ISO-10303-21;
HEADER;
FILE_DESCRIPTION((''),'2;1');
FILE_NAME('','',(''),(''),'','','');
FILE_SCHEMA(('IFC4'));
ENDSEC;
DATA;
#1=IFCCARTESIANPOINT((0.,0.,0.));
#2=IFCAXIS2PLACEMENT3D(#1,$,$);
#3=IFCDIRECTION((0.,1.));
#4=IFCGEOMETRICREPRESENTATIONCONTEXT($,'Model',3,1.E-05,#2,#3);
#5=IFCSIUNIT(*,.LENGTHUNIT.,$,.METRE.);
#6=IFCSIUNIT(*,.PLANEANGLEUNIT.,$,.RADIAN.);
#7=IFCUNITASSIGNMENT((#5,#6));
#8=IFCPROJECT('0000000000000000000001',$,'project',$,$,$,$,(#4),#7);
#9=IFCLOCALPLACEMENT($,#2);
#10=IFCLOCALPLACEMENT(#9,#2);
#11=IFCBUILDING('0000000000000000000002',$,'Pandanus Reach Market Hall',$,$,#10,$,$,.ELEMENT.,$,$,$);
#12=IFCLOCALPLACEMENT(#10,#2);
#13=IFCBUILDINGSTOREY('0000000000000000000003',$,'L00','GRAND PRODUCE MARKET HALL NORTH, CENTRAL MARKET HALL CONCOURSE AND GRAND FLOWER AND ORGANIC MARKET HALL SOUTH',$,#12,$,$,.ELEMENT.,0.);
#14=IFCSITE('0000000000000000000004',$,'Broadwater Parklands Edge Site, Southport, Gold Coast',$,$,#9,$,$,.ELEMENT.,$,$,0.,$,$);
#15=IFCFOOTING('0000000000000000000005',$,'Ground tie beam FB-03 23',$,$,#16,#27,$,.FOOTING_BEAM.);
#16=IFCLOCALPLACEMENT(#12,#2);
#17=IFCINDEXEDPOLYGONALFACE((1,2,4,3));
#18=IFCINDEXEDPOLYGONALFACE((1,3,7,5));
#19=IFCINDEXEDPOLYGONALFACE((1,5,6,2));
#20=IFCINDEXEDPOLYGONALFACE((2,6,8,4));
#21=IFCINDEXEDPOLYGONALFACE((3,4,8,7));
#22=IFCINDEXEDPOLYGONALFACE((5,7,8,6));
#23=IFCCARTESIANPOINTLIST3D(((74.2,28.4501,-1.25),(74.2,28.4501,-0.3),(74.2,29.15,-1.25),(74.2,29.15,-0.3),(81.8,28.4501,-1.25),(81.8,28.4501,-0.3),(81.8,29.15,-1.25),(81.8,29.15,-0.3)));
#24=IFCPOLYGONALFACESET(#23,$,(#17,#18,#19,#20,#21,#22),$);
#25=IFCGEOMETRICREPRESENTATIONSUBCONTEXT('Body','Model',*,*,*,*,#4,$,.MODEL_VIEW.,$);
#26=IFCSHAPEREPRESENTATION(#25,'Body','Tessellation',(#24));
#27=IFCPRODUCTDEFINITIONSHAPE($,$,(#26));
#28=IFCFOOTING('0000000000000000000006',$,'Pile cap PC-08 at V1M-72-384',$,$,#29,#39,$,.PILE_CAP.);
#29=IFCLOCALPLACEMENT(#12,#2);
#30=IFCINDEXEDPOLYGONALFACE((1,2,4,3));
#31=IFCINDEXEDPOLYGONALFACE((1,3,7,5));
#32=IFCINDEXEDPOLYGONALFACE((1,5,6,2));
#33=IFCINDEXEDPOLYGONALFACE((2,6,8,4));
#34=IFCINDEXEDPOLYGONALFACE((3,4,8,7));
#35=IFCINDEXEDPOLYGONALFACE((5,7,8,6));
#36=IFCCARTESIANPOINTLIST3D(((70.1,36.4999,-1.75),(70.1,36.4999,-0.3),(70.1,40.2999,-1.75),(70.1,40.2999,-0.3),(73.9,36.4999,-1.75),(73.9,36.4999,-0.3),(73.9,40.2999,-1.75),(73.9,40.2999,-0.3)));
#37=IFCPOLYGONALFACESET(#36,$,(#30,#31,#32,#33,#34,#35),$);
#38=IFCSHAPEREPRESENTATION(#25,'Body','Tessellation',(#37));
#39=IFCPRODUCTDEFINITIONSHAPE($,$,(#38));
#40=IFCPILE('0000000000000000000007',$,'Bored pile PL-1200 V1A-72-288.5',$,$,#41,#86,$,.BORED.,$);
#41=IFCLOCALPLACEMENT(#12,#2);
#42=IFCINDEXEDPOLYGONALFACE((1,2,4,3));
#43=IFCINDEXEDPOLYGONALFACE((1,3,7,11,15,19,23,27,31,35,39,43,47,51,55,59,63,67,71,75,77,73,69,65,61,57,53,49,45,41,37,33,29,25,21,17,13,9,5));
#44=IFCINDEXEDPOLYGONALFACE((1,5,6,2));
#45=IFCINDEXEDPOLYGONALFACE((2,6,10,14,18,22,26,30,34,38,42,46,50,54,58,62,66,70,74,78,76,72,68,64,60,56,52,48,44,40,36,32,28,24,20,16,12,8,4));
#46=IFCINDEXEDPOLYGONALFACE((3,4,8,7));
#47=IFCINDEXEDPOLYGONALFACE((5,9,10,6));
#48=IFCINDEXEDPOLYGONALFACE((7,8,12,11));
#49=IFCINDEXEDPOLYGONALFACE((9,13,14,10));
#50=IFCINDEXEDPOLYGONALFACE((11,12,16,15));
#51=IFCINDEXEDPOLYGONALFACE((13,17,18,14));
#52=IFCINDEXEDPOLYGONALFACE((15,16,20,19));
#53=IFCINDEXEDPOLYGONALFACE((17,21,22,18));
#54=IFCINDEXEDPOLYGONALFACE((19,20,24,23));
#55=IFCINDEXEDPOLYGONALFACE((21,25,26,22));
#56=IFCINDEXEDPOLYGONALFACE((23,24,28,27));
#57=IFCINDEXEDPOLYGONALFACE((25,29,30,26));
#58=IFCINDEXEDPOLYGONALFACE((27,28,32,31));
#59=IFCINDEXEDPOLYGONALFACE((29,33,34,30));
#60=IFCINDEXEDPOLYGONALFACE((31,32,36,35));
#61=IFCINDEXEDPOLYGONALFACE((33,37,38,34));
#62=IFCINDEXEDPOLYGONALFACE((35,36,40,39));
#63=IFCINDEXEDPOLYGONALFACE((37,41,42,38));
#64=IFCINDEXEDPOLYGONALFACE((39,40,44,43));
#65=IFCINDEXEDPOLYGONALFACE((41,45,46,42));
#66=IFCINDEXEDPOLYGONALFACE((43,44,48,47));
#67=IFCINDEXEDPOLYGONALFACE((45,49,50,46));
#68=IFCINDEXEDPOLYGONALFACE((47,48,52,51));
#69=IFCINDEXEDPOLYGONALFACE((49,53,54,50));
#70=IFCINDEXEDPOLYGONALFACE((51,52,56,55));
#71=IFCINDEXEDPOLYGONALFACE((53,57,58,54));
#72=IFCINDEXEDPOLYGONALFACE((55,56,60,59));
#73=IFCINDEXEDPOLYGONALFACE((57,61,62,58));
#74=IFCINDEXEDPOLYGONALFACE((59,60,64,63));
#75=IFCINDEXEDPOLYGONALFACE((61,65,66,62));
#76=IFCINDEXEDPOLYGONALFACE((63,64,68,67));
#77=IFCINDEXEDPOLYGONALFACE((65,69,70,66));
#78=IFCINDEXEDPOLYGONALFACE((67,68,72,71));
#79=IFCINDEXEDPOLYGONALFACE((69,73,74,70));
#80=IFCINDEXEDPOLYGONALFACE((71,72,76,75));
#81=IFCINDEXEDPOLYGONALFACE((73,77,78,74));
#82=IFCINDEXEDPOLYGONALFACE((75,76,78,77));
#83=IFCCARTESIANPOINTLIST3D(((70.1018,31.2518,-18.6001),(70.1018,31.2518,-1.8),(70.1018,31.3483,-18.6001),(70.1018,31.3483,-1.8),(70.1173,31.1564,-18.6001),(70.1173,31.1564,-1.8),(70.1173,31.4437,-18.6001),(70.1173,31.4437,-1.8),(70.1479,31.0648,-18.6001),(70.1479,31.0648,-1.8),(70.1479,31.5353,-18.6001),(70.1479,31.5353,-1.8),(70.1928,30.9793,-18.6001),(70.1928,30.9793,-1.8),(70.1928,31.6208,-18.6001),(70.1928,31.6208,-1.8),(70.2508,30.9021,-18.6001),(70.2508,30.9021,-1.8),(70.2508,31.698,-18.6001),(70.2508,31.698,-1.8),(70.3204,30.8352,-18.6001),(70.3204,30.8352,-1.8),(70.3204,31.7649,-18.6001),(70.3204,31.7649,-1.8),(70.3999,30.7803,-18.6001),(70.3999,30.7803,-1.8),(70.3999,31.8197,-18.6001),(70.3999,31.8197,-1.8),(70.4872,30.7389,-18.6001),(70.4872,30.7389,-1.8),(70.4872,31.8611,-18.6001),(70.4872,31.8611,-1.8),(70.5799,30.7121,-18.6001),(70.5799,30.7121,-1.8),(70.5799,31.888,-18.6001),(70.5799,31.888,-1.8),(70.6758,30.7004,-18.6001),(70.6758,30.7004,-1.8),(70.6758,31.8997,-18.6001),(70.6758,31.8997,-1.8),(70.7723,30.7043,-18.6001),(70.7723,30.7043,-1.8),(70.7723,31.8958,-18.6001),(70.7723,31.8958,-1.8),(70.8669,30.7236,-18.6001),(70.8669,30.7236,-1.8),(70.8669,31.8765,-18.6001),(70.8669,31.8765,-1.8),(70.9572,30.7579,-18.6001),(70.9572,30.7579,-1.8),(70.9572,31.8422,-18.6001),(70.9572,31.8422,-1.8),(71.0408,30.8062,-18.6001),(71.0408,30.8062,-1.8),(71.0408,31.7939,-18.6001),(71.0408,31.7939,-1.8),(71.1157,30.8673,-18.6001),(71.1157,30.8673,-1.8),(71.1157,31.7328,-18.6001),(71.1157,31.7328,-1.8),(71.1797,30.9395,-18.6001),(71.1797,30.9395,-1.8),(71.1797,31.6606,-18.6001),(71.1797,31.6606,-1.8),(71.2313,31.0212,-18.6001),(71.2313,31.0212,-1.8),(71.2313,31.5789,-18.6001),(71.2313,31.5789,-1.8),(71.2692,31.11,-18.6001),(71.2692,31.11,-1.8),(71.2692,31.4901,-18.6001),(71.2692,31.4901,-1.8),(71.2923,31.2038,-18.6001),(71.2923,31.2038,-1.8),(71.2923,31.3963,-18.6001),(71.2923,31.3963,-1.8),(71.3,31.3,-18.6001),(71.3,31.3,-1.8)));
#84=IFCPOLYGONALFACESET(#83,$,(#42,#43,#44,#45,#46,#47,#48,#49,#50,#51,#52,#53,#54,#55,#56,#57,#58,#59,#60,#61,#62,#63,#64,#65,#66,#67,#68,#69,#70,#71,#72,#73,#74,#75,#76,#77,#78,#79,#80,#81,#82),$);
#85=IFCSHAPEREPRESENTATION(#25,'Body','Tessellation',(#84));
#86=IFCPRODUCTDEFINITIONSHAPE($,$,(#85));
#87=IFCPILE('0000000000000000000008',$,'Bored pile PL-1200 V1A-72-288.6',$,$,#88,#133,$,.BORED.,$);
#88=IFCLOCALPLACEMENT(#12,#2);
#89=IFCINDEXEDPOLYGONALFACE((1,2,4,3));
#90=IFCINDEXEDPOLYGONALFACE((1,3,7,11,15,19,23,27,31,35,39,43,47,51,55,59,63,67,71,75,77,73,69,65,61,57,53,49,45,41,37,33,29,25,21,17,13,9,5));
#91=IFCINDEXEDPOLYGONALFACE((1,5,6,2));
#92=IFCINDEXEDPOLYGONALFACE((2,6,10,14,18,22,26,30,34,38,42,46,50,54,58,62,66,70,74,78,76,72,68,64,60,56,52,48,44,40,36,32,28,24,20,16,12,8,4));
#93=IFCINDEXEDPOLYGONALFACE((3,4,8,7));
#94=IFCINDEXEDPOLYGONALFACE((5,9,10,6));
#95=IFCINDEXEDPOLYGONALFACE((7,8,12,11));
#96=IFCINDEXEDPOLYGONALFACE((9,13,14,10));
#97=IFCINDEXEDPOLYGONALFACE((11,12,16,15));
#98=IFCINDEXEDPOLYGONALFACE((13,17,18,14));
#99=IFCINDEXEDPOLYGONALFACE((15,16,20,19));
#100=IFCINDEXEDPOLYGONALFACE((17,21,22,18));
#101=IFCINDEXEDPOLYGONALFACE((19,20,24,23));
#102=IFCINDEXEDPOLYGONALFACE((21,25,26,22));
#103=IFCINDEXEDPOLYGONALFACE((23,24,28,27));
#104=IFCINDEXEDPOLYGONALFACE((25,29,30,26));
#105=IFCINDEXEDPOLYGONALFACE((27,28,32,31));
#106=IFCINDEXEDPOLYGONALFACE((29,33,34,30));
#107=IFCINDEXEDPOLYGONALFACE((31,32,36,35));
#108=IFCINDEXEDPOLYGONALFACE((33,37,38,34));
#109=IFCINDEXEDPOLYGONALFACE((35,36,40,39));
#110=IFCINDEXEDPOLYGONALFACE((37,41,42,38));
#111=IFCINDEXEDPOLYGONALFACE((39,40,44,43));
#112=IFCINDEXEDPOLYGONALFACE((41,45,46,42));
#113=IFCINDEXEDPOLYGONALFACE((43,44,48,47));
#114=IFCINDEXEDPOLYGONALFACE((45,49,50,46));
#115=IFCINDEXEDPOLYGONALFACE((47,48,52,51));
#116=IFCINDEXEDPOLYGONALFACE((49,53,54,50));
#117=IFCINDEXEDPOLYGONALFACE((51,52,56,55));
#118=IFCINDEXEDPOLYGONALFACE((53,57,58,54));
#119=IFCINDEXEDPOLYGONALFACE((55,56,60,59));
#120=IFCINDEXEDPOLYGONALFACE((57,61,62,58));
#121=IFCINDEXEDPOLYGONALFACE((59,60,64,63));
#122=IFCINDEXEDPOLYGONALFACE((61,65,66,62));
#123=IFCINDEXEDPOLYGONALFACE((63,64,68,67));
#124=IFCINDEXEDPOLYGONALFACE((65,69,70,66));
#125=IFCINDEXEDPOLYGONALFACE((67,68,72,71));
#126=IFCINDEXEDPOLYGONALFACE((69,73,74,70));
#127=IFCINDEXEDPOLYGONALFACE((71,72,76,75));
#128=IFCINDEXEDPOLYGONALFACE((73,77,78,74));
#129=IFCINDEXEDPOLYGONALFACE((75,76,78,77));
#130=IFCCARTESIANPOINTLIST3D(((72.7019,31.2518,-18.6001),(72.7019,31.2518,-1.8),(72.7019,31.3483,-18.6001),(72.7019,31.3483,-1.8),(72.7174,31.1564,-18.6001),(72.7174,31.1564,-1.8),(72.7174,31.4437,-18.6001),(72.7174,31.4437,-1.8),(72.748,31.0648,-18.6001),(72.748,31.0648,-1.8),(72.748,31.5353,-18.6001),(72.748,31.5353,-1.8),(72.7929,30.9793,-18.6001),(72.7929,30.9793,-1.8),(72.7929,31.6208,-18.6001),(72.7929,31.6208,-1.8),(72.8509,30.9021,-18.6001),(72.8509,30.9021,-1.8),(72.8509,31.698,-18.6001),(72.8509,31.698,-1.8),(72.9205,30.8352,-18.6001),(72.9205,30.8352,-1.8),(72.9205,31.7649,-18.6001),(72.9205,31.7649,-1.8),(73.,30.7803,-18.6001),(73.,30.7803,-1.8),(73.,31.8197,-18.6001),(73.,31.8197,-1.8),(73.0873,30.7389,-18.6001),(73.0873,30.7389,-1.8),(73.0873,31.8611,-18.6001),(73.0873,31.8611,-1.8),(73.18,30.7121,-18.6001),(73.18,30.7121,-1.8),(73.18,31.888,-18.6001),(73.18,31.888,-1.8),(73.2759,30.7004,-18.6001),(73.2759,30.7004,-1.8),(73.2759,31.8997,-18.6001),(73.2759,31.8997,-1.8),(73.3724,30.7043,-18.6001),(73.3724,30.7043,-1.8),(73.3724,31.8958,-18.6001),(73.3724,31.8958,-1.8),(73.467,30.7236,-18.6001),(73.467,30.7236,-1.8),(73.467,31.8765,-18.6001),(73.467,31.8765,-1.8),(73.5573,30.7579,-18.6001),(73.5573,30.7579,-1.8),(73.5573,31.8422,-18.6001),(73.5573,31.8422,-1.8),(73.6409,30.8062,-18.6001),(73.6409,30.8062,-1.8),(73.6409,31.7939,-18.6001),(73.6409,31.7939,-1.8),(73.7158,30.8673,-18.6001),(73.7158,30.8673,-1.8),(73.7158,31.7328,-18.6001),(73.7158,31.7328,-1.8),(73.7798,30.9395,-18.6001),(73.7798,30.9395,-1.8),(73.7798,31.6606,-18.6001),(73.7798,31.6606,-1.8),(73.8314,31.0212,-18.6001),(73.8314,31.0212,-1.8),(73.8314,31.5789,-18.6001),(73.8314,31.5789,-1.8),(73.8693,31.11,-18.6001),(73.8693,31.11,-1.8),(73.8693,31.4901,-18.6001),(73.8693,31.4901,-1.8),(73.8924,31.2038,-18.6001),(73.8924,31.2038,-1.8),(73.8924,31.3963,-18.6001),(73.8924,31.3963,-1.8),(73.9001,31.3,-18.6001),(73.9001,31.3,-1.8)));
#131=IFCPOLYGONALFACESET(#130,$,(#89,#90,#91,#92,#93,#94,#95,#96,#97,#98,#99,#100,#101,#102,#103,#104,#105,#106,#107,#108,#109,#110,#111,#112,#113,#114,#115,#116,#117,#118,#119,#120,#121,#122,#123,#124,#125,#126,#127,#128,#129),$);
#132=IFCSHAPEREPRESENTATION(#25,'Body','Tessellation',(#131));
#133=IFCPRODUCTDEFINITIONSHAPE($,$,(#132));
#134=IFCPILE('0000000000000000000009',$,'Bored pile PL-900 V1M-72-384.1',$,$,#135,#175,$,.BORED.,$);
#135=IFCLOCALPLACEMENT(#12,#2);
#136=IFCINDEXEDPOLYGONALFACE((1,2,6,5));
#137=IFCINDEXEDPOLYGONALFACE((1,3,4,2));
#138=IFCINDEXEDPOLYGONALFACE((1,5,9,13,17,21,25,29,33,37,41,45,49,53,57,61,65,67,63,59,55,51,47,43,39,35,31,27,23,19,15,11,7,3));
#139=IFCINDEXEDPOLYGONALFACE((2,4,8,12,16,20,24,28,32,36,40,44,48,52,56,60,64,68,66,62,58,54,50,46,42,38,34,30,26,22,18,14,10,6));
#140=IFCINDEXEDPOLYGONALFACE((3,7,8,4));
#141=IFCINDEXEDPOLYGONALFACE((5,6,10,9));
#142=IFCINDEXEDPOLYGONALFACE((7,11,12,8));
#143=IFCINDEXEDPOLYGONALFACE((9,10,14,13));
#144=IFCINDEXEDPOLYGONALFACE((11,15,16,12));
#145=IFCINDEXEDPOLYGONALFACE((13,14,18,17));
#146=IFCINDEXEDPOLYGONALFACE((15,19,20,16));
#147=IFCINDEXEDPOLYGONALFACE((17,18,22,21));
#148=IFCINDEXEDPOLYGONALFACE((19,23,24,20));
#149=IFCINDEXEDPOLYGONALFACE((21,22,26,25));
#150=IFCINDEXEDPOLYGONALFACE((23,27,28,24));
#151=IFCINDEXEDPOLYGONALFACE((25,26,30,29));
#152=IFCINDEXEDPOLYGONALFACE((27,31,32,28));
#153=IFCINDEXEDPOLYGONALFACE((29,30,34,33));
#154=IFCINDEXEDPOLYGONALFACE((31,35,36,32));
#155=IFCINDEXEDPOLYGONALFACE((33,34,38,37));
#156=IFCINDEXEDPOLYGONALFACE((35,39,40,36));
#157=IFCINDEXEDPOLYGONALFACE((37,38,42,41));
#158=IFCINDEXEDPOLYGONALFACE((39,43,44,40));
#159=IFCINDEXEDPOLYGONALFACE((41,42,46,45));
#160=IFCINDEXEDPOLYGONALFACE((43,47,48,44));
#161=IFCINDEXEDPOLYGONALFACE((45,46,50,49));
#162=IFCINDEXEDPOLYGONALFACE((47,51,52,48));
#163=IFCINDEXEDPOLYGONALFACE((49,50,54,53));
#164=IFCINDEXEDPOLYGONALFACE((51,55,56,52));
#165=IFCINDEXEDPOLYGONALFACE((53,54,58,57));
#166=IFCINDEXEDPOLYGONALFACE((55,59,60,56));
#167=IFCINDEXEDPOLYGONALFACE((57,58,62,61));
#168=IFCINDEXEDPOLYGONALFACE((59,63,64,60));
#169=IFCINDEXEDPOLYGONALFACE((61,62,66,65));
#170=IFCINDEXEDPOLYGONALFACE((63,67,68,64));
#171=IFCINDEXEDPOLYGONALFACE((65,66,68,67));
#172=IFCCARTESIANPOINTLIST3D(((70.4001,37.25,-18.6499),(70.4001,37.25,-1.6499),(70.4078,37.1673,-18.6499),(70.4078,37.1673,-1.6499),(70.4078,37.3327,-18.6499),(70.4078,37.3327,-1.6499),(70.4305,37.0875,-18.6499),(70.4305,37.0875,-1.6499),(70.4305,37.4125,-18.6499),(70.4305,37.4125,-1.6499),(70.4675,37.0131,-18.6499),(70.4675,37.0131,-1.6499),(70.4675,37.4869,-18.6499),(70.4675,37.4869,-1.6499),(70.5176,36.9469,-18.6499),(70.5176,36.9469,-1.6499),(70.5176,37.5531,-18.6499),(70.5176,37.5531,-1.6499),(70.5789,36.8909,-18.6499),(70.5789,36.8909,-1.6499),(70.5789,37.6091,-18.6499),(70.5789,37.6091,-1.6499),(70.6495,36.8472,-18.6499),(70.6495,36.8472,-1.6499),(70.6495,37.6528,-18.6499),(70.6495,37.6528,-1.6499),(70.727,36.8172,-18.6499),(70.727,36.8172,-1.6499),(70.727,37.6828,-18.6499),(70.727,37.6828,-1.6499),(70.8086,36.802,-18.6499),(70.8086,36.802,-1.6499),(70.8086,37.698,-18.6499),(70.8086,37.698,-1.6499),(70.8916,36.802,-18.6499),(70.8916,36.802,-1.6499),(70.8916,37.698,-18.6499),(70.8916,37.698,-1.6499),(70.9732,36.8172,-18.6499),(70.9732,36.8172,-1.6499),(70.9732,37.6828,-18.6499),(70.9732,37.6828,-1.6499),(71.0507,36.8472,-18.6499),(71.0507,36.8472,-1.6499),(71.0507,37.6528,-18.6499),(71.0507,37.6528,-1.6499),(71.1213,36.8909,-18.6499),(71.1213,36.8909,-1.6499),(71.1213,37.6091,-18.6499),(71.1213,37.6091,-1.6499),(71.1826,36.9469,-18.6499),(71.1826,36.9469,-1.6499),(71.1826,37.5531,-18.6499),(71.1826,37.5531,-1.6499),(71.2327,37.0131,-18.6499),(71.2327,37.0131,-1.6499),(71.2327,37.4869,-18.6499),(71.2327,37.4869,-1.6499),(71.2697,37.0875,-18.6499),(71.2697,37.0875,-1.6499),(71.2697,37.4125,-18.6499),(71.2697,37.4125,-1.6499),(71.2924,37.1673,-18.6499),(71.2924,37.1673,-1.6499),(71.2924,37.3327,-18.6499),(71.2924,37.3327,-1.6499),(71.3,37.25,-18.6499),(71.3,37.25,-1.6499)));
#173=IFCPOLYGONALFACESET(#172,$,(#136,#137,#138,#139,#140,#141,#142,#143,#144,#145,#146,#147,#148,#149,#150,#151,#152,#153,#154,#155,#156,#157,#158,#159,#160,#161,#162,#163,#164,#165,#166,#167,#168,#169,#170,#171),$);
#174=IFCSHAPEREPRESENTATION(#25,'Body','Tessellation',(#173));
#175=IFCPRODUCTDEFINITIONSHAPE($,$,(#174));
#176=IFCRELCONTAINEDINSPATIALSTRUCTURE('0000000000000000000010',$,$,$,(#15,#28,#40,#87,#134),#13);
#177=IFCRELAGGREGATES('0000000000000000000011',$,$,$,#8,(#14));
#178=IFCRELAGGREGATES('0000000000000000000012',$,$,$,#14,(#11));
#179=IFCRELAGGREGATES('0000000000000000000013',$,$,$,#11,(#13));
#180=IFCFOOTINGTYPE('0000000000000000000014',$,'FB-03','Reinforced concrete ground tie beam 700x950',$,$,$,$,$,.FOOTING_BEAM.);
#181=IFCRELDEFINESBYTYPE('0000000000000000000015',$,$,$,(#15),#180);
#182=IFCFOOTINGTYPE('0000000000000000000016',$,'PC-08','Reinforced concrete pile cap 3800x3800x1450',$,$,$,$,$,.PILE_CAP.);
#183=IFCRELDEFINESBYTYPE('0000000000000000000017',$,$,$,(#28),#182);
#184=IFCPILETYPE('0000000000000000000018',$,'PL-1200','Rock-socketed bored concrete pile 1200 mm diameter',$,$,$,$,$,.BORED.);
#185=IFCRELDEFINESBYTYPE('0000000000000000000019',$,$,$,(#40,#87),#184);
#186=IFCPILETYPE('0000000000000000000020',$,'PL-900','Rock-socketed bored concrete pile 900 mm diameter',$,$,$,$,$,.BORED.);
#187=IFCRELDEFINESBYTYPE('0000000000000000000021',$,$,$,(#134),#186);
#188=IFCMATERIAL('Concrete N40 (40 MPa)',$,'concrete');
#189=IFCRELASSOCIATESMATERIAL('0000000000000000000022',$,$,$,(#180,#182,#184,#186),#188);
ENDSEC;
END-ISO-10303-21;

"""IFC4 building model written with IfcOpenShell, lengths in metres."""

from ifc_helpers import new_model, si_unit, direction, frame, origin, origin_2d, place, context, subcontext, project, spatial, rectangle, circle, extrude, material, material_profile, profile_set, type_object, element, save


model = new_model("IFC4")

# Units and contexts
model_context = context("Model", 3, precision=1e-05, world=origin(), true_north=direction((0.0, 1.0)))
body_context = subcontext(model_context, "Body", "Model", "MODEL_VIEW")
ifc_project = project(units=[si_unit("LENGTHUNIT", "METRE"), si_unit("PLANEANGLEUNIT", "RADIAN")], contexts=[model_context])

# Site, building, storey
site_placement = place(None, origin())
site = spatial("IfcSite", under=ifc_project, at=site_placement, Name="Broadwater Parklands Edge Site, Southport, Gold Coast", CompositionType="ELEMENT", RefElevation=0.0)
building_placement = place(site_placement, origin())
building = spatial("IfcBuilding", under=site, at=building_placement, Name="Pandanus Reach Market Hall", CompositionType="ELEMENT")
storey_placement = place(building_placement, origin())
storey = spatial("IfcBuildingStorey", under=building, at=storey_placement, Name="L00", Description="GRAND PRODUCE MARKET HALL NORTH, CENTRAL MARKET HALL CONCOURSE AND GRAND FLOWER AND ORGANIC MARKET HALL SOUTH", CompositionType="ELEMENT", Elevation=0.0)

# Footings
ifc_material_1 = material(Name="Concrete N40 (40 MPa)", Category="concrete")
footing_type_1 = type_object("IfcFootingType", Name="FB-03", Description="Reinforced concrete ground tie beam 700x950", PredefinedType="FOOTING_BEAM", material=ifc_material_1)
footing_1_placement = place(storey_placement, frame((78.0, 28.8, -1.25), z_axis=(0.0, 0.0, 1.0), x_axis=(1.0, 0.0, 0.0)))
element("IfcFooting", 1, at=footing_1_placement, inside=storey, type_object=footing_type_1, Name="Ground tie beam FB-03 23", PredefinedType="FOOTING_BEAM", context=body_context, shape_type="SweptSolid", body=[
    extrude(rectangle(XDim=7.6001, YDim=0.7, at=origin_2d()), origin(), (0.0, 0.0, 1.0), 0.95),
])
footing_type_2 = type_object("IfcFootingType", Name="PC-08", Description="Reinforced concrete pile cap 3800x3800x1450", PredefinedType="PILE_CAP", material=ifc_material_1)
footing_2_placement = place(storey_placement, frame((72.0, 38.3999, -1.75), z_axis=(0.0, 0.0, 1.0), x_axis=(1.0, 0.0, 0.0)))
element("IfcFooting", 2, at=footing_2_placement, inside=storey, type_object=footing_type_2, Name="Pile cap PC-08 at V1M-72-384", PredefinedType="PILE_CAP", context=body_context, shape_type="SweptSolid", body=[
    extrude(rectangle(XDim=3.8, YDim=3.8, at=origin_2d()), origin(), (0.0, 0.0, 1.0), 1.45),
])

# Piles
ifc_material_profile_1 = material_profile(ifc_material_1, circle(Radius=0.6001, at=origin_2d()), Name="PILE-1200D", Category="LoadBearing")
ifc_profile_set_1 = profile_set([ifc_material_profile_1], Name="Concrete N40 (40 MPa)")
pile_type_1 = type_object("IfcPileType", Name="PL-1200", Description="Rock-socketed bored concrete pile 1200 mm diameter", PredefinedType="BORED", material=ifc_profile_set_1)
for number, where, z_axis, x_axis, name in (
    (3, (70.7, 31.3, -1.8), (0.0, 0.0, -1.0), (1.0, 0.0, 0.0), "Bored pile PL-1200 V1A-72-288.5"),
    (4, (73.3, 31.3, -1.8), (0.0, 0.0, -1.0), (1.0, 0.0, 0.0), "Bored pile PL-1200 V1A-72-288.6"),
):
    element("IfcPile", number, at=place(storey_placement, frame(where, z_axis=z_axis, x_axis=x_axis)), inside=storey, type_object=pile_type_1, Name=name, PredefinedType="BORED", context=body_context, shape_type="SweptSolid", body=[
        extrude(circle(Radius=0.6001, at=origin_2d()), origin(), (0.0, 0.0, 1.0), 16.8),
    ])
ifc_material_profile_2 = material_profile(ifc_material_1, circle(Radius=0.45, at=origin_2d()), Name="PILE-900D", Category="LoadBearing")
ifc_profile_set_2 = profile_set([ifc_material_profile_2], Name="Concrete N40 (40 MPa)")
pile_type_2 = type_object("IfcPileType", Name="PL-900", Description="Rock-socketed bored concrete pile 900 mm diameter", PredefinedType="BORED", material=ifc_profile_set_2)
for number, where, z_axis, x_axis, name in (
    (5, (70.8501, 37.25, -1.6499), (0.0, 0.0, -1.0), (1.0, 0.0, 0.0), "Bored pile PL-900 V1M-72-384.1"),
):
    element("IfcPile", number, at=place(storey_placement, frame(where, z_axis=z_axis, x_axis=x_axis)), inside=storey, type_object=pile_type_2, Name=name, PredefinedType="BORED", context=body_context, shape_type="SweptSolid", body=[
        extrude(circle(Radius=0.45, at=origin_2d()), origin(), (0.0, 0.0, 1.0), 17.0),
    ])

save(model, "model.ifc")
